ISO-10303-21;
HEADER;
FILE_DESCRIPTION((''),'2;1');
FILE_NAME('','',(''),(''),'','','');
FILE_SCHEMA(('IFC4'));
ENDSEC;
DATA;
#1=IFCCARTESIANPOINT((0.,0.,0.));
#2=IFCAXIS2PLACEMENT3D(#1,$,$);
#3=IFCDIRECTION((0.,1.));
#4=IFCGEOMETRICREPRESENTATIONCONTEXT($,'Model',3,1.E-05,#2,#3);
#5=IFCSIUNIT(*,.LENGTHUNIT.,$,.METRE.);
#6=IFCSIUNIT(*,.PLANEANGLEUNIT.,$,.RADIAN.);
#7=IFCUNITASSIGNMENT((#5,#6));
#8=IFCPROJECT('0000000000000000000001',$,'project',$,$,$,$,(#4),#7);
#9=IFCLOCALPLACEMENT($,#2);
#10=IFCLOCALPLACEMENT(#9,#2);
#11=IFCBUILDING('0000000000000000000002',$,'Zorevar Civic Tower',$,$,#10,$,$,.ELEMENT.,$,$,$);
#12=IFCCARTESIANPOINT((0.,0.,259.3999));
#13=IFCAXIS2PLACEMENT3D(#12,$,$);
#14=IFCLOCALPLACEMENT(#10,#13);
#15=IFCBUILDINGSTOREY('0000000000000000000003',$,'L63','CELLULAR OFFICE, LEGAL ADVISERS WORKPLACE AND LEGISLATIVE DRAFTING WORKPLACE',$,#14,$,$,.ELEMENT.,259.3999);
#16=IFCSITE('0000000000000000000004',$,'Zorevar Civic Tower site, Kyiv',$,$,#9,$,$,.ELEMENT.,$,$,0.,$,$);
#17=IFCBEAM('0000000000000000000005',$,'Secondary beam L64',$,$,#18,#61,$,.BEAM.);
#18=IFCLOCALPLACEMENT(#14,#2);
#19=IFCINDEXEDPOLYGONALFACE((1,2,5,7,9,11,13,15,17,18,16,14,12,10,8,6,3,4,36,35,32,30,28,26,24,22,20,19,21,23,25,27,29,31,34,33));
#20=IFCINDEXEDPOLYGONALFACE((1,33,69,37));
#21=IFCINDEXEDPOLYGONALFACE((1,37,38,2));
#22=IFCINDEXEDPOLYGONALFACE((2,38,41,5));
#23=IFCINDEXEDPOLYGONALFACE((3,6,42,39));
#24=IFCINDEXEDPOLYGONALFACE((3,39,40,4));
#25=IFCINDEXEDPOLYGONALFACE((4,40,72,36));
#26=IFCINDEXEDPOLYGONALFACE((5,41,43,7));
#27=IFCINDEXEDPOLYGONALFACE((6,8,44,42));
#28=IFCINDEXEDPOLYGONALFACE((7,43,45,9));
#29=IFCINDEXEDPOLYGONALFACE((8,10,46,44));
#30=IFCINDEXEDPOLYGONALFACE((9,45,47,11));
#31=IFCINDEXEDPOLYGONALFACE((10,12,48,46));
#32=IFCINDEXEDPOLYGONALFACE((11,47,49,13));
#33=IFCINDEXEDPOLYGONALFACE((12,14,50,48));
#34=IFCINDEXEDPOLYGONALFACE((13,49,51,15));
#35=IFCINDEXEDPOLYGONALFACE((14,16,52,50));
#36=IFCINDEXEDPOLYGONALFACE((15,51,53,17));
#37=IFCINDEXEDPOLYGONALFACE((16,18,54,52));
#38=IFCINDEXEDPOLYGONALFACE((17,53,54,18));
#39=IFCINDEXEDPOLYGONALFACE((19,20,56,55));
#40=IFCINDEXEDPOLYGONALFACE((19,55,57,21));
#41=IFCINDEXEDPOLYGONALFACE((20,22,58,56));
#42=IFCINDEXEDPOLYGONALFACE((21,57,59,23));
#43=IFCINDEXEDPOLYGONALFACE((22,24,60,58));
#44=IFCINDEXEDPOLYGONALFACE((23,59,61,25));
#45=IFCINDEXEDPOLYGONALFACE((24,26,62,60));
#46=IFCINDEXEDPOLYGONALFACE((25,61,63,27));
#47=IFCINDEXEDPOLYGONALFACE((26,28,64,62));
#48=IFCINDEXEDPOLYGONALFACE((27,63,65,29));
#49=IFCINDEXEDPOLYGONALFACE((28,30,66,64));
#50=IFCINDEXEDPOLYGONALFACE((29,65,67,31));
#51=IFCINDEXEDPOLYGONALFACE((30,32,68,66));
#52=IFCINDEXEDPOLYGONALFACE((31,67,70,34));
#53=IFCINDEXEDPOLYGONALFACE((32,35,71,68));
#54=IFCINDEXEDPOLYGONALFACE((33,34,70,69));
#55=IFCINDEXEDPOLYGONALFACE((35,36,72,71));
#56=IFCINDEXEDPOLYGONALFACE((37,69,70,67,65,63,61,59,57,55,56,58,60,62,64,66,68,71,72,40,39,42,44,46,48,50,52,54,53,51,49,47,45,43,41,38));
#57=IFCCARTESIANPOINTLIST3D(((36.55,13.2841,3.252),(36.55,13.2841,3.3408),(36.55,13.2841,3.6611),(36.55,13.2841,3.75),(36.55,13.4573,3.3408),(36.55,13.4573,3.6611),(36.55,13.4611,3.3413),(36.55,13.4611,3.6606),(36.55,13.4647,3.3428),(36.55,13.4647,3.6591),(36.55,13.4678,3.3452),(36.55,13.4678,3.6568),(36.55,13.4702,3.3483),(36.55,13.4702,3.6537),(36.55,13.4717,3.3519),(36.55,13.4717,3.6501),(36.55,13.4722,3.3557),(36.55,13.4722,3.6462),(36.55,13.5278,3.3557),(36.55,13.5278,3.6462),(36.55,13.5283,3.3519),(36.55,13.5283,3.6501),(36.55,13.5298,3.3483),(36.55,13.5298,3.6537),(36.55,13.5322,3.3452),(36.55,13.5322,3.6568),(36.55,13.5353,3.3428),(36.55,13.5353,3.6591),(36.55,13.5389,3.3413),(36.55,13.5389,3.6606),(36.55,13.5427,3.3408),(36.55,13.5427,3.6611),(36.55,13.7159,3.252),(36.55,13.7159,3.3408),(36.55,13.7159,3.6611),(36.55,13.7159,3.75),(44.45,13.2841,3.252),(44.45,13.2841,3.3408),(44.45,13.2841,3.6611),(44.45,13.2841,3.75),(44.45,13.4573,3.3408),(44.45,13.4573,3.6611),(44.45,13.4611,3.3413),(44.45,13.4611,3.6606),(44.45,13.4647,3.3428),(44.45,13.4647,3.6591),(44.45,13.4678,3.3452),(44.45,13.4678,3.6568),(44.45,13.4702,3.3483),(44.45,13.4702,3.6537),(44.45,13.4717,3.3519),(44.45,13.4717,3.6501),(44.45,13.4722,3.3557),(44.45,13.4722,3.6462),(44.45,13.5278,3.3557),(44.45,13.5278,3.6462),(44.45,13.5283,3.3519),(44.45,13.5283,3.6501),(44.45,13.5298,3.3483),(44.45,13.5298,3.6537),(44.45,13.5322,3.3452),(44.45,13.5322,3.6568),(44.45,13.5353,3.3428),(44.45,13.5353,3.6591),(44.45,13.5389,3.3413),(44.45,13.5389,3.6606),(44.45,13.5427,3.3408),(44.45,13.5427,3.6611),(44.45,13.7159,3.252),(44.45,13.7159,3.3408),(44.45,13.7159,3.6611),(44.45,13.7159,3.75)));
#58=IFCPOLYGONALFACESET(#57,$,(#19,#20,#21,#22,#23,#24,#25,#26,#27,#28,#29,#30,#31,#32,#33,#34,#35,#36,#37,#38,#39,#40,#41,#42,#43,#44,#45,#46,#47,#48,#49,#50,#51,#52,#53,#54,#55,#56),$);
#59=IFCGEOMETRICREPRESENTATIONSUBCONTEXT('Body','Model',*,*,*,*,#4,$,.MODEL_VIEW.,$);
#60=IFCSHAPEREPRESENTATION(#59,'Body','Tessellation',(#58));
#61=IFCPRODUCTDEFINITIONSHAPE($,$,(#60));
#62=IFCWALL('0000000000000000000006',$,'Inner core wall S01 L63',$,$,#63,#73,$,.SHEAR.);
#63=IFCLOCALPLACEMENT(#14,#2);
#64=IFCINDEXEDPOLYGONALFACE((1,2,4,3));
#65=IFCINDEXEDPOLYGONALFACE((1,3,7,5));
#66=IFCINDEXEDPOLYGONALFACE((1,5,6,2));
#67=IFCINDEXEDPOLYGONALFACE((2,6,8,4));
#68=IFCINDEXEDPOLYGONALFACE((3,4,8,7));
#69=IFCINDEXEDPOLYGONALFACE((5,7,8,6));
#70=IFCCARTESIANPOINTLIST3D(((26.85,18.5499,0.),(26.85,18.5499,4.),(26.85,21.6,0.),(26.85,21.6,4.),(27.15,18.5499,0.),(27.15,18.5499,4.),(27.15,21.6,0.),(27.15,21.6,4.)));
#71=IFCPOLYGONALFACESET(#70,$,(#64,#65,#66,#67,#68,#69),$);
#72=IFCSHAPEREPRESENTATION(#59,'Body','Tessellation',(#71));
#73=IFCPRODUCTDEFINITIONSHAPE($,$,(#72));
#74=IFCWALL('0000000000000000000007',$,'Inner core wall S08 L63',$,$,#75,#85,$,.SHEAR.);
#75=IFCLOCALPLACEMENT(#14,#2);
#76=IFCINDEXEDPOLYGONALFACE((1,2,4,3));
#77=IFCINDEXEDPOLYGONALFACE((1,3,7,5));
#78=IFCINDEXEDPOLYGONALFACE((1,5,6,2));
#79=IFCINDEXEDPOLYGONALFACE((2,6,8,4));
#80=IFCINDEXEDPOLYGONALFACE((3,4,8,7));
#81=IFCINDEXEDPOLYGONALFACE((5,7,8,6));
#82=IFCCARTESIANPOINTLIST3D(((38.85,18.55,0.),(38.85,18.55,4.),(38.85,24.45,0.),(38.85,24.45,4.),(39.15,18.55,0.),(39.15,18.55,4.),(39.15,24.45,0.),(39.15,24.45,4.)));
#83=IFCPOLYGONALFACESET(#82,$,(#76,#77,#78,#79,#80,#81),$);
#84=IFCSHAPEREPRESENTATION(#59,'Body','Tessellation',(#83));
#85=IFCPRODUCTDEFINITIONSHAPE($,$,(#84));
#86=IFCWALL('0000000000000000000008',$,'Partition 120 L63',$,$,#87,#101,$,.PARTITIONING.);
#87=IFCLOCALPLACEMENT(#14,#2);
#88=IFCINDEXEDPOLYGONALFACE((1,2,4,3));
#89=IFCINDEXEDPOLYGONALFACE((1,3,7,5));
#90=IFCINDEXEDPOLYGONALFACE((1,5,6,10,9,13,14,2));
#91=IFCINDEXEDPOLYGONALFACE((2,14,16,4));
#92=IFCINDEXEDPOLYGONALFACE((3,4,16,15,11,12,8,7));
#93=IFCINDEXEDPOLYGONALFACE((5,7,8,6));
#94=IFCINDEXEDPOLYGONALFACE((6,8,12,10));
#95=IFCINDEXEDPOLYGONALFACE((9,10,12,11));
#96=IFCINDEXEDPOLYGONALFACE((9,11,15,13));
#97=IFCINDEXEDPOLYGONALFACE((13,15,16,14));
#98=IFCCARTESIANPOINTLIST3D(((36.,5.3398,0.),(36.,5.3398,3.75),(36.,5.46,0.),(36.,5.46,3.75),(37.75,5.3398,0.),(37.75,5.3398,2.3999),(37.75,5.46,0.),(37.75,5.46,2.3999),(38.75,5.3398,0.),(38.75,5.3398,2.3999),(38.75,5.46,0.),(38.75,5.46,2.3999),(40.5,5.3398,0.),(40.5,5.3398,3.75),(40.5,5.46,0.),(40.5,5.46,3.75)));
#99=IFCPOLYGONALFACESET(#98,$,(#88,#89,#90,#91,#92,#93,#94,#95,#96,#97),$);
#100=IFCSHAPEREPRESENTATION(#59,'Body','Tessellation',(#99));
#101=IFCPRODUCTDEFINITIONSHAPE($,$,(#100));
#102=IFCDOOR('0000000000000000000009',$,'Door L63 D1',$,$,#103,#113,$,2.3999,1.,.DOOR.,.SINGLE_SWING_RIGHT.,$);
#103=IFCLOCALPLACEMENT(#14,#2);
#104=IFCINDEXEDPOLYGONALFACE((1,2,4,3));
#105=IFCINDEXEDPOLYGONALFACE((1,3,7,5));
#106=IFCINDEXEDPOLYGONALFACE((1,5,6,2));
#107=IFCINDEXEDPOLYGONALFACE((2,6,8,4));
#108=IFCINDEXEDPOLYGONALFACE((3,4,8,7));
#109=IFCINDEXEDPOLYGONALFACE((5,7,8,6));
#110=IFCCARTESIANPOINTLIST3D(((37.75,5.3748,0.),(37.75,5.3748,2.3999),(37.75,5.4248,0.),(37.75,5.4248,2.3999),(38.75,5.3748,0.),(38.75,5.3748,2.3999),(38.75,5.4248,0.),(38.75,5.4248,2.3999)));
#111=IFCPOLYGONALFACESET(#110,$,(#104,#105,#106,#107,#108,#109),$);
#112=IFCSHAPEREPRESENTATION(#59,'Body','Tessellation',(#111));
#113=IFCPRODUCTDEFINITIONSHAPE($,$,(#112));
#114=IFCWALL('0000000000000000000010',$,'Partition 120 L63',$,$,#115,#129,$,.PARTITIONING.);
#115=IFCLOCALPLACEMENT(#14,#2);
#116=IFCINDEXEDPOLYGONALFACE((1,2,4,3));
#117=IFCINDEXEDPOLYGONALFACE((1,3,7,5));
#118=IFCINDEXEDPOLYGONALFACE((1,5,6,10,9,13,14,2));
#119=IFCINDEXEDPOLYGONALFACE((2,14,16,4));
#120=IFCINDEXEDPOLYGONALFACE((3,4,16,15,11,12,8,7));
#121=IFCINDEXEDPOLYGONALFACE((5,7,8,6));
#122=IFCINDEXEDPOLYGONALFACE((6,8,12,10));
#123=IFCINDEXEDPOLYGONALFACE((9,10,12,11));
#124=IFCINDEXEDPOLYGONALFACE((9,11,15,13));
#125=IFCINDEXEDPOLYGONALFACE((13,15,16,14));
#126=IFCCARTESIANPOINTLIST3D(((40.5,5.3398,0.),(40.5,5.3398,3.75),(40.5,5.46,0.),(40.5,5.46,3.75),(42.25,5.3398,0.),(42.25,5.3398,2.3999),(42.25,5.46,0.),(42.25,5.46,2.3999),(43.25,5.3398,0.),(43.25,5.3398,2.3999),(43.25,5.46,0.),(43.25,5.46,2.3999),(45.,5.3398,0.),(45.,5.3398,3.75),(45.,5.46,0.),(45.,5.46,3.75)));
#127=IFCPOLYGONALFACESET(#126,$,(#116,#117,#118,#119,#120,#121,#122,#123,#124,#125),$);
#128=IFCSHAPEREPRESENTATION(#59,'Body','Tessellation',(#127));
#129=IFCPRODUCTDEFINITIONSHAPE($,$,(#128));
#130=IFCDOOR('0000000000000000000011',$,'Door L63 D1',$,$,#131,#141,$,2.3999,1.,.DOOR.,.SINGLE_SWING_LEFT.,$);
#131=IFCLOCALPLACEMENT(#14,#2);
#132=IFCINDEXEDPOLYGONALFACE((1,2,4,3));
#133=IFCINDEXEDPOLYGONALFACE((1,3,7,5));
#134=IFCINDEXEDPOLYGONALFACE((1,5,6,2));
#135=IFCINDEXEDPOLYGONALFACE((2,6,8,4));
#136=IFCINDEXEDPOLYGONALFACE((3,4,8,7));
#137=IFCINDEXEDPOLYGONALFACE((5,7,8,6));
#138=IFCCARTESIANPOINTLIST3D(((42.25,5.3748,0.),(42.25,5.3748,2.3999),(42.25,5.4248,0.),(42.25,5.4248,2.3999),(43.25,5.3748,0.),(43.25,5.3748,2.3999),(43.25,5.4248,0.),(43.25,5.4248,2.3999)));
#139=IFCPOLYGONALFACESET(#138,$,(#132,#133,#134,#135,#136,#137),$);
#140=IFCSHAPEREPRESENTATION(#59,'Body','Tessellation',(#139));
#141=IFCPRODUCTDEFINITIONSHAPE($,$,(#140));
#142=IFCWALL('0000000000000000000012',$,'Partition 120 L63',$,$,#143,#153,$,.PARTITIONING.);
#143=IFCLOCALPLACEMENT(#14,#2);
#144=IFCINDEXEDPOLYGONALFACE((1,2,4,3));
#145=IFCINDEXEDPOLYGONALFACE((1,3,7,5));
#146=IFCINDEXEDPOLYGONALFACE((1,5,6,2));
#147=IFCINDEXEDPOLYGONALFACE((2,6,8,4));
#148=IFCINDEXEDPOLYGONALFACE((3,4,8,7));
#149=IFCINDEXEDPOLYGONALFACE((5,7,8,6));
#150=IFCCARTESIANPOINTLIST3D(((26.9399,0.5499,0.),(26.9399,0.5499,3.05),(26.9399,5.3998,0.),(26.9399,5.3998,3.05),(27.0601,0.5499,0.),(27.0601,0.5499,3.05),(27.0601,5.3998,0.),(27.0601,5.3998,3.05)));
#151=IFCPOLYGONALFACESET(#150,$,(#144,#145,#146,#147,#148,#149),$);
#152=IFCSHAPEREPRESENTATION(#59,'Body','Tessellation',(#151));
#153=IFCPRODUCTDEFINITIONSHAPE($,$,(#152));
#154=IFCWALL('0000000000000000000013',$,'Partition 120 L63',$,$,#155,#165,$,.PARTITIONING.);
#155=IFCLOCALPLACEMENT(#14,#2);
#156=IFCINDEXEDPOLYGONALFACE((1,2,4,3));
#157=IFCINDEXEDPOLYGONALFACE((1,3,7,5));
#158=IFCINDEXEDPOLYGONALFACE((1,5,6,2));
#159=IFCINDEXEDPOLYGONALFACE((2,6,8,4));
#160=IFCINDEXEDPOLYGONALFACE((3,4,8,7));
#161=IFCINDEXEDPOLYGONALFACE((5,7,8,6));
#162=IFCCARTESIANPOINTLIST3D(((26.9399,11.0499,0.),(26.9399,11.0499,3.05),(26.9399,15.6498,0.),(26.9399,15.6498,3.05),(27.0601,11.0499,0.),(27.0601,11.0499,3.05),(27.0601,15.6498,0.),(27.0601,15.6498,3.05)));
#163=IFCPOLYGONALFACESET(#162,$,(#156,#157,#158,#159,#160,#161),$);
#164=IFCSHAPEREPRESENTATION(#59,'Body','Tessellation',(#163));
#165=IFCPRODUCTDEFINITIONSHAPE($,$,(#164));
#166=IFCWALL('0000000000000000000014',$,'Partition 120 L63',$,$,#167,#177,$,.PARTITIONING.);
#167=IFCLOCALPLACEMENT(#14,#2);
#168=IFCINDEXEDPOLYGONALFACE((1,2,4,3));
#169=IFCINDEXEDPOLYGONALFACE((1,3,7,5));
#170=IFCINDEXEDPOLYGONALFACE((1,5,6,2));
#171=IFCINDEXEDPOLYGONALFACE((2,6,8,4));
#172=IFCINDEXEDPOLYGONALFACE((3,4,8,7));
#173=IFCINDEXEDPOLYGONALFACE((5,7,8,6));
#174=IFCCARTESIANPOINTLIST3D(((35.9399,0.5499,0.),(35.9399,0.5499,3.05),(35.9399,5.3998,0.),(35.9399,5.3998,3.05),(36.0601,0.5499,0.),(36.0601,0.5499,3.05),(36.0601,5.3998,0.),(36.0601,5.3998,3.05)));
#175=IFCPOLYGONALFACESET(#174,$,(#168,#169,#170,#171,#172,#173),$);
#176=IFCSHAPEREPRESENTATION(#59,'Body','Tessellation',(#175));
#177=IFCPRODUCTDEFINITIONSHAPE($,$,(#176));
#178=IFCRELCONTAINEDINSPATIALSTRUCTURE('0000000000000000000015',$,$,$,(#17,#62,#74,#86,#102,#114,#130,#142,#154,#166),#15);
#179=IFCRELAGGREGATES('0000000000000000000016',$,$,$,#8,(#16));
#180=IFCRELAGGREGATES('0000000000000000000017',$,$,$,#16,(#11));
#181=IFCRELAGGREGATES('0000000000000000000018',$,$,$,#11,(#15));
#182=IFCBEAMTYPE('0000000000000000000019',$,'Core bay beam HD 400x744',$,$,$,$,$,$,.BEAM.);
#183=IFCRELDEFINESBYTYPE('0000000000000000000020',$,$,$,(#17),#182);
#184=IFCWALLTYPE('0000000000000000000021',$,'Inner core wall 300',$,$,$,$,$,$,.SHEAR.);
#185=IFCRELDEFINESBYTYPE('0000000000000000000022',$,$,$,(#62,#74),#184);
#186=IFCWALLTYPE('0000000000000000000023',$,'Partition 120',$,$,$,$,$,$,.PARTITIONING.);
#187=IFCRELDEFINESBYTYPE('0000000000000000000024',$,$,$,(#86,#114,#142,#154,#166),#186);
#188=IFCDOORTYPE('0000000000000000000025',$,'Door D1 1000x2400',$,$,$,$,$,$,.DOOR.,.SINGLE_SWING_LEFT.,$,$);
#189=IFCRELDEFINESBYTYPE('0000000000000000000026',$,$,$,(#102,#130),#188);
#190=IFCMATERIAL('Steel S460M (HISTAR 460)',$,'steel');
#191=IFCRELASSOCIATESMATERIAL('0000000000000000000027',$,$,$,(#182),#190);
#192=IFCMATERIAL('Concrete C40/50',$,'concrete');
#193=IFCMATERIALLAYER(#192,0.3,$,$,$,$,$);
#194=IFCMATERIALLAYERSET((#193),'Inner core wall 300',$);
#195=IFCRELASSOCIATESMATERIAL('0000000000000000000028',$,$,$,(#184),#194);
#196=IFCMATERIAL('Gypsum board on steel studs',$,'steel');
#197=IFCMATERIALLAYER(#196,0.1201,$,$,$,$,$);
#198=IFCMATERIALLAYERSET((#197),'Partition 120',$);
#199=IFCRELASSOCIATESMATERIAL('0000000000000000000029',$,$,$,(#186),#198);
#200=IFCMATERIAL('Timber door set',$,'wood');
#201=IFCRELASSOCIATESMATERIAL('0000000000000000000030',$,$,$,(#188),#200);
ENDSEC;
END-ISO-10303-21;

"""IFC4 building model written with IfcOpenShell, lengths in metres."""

from ifc_helpers import new_model, si_unit, direction, frame, frame_2d, origin, origin_2d, place, context, subcontext, project, spatial, rectangle, i_section, extrude, material, layer, layer_set, material_profile, profile_set, type_object, element, fill, save


model = new_model("IFC4")

# Units and contexts
model_context = context("Model", 3, precision=1e-05, world=origin(), true_north=direction((0.0, 1.0)))
body_context = subcontext(model_context, "Body", "Model", "MODEL_VIEW")
ifc_project = project(units=[si_unit("LENGTHUNIT", "METRE"), si_unit("PLANEANGLEUNIT", "RADIAN")], contexts=[model_context])

# Site, building, storey
site_placement = place(None, origin())
site = spatial("IfcSite", under=ifc_project, at=site_placement, Name="Zorevar Civic Tower site, Kyiv", CompositionType="ELEMENT", RefElevation=0.0)
building_placement = place(site_placement, origin())
building = spatial("IfcBuilding", under=site, at=building_placement, Name="Zorevar Civic Tower", CompositionType="ELEMENT")
storey_placement = place(building_placement, frame((0.0, 0.0, 259.3999)))
storey = spatial("IfcBuildingStorey", under=building, at=storey_placement, Name="L63", Description="CELLULAR OFFICE, LEGAL ADVISERS WORKPLACE AND LEGISLATIVE DRAFTING WORKPLACE", CompositionType="ELEMENT", Elevation=259.3999)

# Beam
ifc_material_1 = material(Name="Steel S460M (HISTAR 460)", Category="steel")
ifc_material_profile_1 = material_profile(ifc_material_1, i_section(OverallWidth=0.4319, OverallDepth=0.498, WebThickness=0.0557, FlangeThickness=0.0889, FilletRadius=0.0149, at=origin_2d()), Name="HD 400x744")
ifc_profile_set_1 = profile_set([ifc_material_profile_1], Name="Steel S460M (HISTAR 460)")
beam_type_1 = type_object("IfcBeamType", Name="Core bay beam HD 400x744", PredefinedType="BEAM", material=ifc_profile_set_1)
for number, where, z_axis, x_axis, name in (
    (1, (36.55, 13.5, 3.501), (1.0, 0.0, 0.0), (0.0, 1.0, 0.0), "Secondary beam L64"),
):
    element("IfcBeam", number, at=place(storey_placement, frame(where, z_axis=z_axis, x_axis=x_axis)), inside=storey, type_object=beam_type_1, Name=name, PredefinedType="BEAM", context=body_context, shape_type="SweptSolid", body=[
        extrude(i_section(OverallWidth=0.4319, OverallDepth=0.498, WebThickness=0.0557, FlangeThickness=0.0889, FilletRadius=0.0149, at=origin_2d()), origin(), (0.0, 0.0, 1.0), 7.8999),
    ])

# Walls
ifc_material_2 = material(Name="Concrete C40/50", Category="concrete")
ifc_layer_1 = layer(ifc_material_2, 0.3)
ifc_layer_set_1 = layer_set([ifc_layer_1], Name="Inner core wall 300")
wall_type_1 = type_object("IfcWallType", Name="Inner core wall 300", PredefinedType="SHEAR", material=ifc_layer_set_1)
wall_1_placement = place(storey_placement, frame((27.0, 18.55, 0.0), z_axis=(0.0, 0.0, 1.0), x_axis=(0.0, 1.0, 0.0)))
element("IfcWall", 2, at=wall_1_placement, inside=storey, type_object=wall_type_1, Name="Inner core wall S01 L63", PredefinedType="SHEAR", context=body_context, shape_type="SweptSolid", body=[
    extrude(rectangle(XDim=3.05, YDim=0.3, at=frame_2d((1.5249, 0.0))), origin(), (0.0, 0.0, 1.0), 4.0),
])
wall_2_placement = place(storey_placement, frame((39.0, 18.55, 0.0), z_axis=(0.0, 0.0, 1.0), x_axis=(0.0, 1.0, 0.0)))
element("IfcWall", 3, at=wall_2_placement, inside=storey, type_object=wall_type_1, Name="Inner core wall S08 L63", PredefinedType="SHEAR", context=body_context, shape_type="SweptSolid", body=[
    extrude(rectangle(XDim=5.8999, YDim=0.3, at=frame_2d((2.95, 0.0))), origin(), (0.0, 0.0, 1.0), 4.0),
])

# Walls, openings, doors
ifc_material_3 = material(Name="Gypsum board on steel studs", Category="steel")
ifc_layer_2 = layer(ifc_material_3, 0.1201)
ifc_layer_set_2 = layer_set([ifc_layer_2], Name="Partition 120")
wall_type_2 = type_object("IfcWallType", Name="Partition 120", PredefinedType="PARTITIONING", material=ifc_layer_set_2)
wall_3_placement = place(storey_placement, frame((36.0, 5.3999, 0.0), z_axis=(0.0, 0.0, 1.0), x_axis=(1.0, 0.0, 0.0)))
wall_3 = element("IfcWall", 4, at=wall_3_placement, inside=storey, type_object=wall_type_2, Name="Partition 120 L63", PredefinedType="PARTITIONING", context=body_context, shape_type="SweptSolid", body=[
    extrude(rectangle(XDim=4.5, YDim=0.1201, at=frame_2d((2.25, 0.0))), origin(), (0.0, 0.0, 1.0), 3.75),
])
opening_1_placement = place(wall_3_placement, frame((1.75, 0.0, 0.0)))
opening_1 = element("IfcOpeningElement", 5, at=opening_1_placement, cuts=wall_3, PredefinedType="OPENING", context=body_context, shape_type="SweptSolid", body=[
    extrude(rectangle(XDim=1.0, YDim=2.3999, at=frame_2d((0.5, 1.2))), frame((0.0, 0.0701, 0.0), z_axis=(0.0, -1.0, 0.0), x_axis=(1.0, 0.0, 0.0)), (0.0, 0.0, 1.0), 0.1401),
])
ifc_material_4 = material(Name="Timber door set", Category="wood")
door_type = type_object("IfcDoorType", Name="Door D1 1000x2400", OperationType="SINGLE_SWING_LEFT", PredefinedType="DOOR", material=ifc_material_4)
door_1_placement = place(opening_1_placement, origin())
door_1 = element("IfcDoor", 6, at=door_1_placement, inside=storey, type_object=door_type, Name="Door L63 D1", OperationType="SINGLE_SWING_RIGHT", OverallHeight=2.3999, OverallWidth=1.0, PredefinedType="DOOR", context=body_context, shape_type="SweptSolid", body=[
    extrude(rectangle(XDim=1.0, YDim=2.3999, at=frame_2d((0.5, 1.2))), frame((0.0, 0.0249, 0.0), z_axis=(0.0, -1.0, 0.0), x_axis=(1.0, 0.0, 0.0)), (0.0, 0.0, 1.0), 0.05),
])
fill(opening_1, door_1)
wall_4_placement = place(storey_placement, frame((40.5, 5.3999, 0.0), z_axis=(0.0, 0.0, 1.0), x_axis=(1.0, 0.0, 0.0)))
wall_4 = element("IfcWall", 7, at=wall_4_placement, inside=storey, type_object=wall_type_2, Name="Partition 120 L63", PredefinedType="PARTITIONING", context=body_context, shape_type="SweptSolid", body=[
    extrude(rectangle(XDim=4.5, YDim=0.1201, at=frame_2d((2.25, 0.0))), origin(), (0.0, 0.0, 1.0), 3.75),
])
opening_2_placement = place(wall_4_placement, frame((1.75, 0.0, 0.0)))
opening_2 = element("IfcOpeningElement", 8, at=opening_2_placement, cuts=wall_4, PredefinedType="OPENING", context=body_context, shape_type="SweptSolid", body=[
    extrude(rectangle(XDim=1.0, YDim=2.3999, at=frame_2d((0.5, 1.2))), frame((0.0, 0.0701, 0.0), z_axis=(0.0, -1.0, 0.0), x_axis=(1.0, 0.0, 0.0)), (0.0, 0.0, 1.0), 0.1401),
])
door_2_placement = place(opening_2_placement, origin())
door_2 = element("IfcDoor", 9, at=door_2_placement, inside=storey, type_object=door_type, Name="Door L63 D1", OperationType="SINGLE_SWING_LEFT", OverallHeight=2.3999, OverallWidth=1.0, PredefinedType="DOOR", context=body_context, shape_type="SweptSolid", body=[
    extrude(rectangle(XDim=1.0, YDim=2.3999, at=frame_2d((0.5, 1.2))), frame((0.0, 0.0249, 0.0), z_axis=(0.0, -1.0, 0.0), x_axis=(1.0, 0.0, 0.0)), (0.0, 0.0, 1.0), 0.05),
])
fill(opening_2, door_2)

# Walls
wall_5_placement = place(storey_placement, frame((27.0, 0.55, 0.0), z_axis=(0.0, 0.0, 1.0), x_axis=(0.0, 1.0, 0.0)))
element("IfcWall", 10, at=wall_5_placement, inside=storey, type_object=wall_type_2, Name="Partition 120 L63", PredefinedType="PARTITIONING", context=body_context, shape_type="SweptSolid", body=[
    extrude(rectangle(XDim=4.8499, YDim=0.1201, at=frame_2d((2.4248, 0.0))), origin(), (0.0, 0.0, 1.0), 3.05),
])
wall_6_placement = place(storey_placement, frame((27.0, 11.05, 0.0), z_axis=(0.0, 0.0, 1.0), x_axis=(0.0, 1.0, 0.0)))
element("IfcWall", 11, at=wall_6_placement, inside=storey, type_object=wall_type_2, Name="Partition 120 L63", PredefinedType="PARTITIONING", context=body_context, shape_type="SweptSolid", body=[
    extrude(rectangle(XDim=4.5999, YDim=0.1201, at=frame_2d((2.2998, 0.0))), origin(), (0.0, 0.0, 1.0), 3.05),
])
wall_7_placement = place(storey_placement, frame((36.0, 0.55, 0.0), z_axis=(0.0, 0.0, 1.0), x_axis=(0.0, 1.0, 0.0)))
element("IfcWall", 12, at=wall_7_placement, inside=storey, type_object=wall_type_2, Name="Partition 120 L63", PredefinedType="PARTITIONING", context=body_context, shape_type="SweptSolid", body=[
    extrude(rectangle(XDim=4.8499, YDim=0.1201, at=frame_2d((2.4248, 0.0))), origin(), (0.0, 0.0, 1.0), 3.05),
])

save(model, "model.ifc")
